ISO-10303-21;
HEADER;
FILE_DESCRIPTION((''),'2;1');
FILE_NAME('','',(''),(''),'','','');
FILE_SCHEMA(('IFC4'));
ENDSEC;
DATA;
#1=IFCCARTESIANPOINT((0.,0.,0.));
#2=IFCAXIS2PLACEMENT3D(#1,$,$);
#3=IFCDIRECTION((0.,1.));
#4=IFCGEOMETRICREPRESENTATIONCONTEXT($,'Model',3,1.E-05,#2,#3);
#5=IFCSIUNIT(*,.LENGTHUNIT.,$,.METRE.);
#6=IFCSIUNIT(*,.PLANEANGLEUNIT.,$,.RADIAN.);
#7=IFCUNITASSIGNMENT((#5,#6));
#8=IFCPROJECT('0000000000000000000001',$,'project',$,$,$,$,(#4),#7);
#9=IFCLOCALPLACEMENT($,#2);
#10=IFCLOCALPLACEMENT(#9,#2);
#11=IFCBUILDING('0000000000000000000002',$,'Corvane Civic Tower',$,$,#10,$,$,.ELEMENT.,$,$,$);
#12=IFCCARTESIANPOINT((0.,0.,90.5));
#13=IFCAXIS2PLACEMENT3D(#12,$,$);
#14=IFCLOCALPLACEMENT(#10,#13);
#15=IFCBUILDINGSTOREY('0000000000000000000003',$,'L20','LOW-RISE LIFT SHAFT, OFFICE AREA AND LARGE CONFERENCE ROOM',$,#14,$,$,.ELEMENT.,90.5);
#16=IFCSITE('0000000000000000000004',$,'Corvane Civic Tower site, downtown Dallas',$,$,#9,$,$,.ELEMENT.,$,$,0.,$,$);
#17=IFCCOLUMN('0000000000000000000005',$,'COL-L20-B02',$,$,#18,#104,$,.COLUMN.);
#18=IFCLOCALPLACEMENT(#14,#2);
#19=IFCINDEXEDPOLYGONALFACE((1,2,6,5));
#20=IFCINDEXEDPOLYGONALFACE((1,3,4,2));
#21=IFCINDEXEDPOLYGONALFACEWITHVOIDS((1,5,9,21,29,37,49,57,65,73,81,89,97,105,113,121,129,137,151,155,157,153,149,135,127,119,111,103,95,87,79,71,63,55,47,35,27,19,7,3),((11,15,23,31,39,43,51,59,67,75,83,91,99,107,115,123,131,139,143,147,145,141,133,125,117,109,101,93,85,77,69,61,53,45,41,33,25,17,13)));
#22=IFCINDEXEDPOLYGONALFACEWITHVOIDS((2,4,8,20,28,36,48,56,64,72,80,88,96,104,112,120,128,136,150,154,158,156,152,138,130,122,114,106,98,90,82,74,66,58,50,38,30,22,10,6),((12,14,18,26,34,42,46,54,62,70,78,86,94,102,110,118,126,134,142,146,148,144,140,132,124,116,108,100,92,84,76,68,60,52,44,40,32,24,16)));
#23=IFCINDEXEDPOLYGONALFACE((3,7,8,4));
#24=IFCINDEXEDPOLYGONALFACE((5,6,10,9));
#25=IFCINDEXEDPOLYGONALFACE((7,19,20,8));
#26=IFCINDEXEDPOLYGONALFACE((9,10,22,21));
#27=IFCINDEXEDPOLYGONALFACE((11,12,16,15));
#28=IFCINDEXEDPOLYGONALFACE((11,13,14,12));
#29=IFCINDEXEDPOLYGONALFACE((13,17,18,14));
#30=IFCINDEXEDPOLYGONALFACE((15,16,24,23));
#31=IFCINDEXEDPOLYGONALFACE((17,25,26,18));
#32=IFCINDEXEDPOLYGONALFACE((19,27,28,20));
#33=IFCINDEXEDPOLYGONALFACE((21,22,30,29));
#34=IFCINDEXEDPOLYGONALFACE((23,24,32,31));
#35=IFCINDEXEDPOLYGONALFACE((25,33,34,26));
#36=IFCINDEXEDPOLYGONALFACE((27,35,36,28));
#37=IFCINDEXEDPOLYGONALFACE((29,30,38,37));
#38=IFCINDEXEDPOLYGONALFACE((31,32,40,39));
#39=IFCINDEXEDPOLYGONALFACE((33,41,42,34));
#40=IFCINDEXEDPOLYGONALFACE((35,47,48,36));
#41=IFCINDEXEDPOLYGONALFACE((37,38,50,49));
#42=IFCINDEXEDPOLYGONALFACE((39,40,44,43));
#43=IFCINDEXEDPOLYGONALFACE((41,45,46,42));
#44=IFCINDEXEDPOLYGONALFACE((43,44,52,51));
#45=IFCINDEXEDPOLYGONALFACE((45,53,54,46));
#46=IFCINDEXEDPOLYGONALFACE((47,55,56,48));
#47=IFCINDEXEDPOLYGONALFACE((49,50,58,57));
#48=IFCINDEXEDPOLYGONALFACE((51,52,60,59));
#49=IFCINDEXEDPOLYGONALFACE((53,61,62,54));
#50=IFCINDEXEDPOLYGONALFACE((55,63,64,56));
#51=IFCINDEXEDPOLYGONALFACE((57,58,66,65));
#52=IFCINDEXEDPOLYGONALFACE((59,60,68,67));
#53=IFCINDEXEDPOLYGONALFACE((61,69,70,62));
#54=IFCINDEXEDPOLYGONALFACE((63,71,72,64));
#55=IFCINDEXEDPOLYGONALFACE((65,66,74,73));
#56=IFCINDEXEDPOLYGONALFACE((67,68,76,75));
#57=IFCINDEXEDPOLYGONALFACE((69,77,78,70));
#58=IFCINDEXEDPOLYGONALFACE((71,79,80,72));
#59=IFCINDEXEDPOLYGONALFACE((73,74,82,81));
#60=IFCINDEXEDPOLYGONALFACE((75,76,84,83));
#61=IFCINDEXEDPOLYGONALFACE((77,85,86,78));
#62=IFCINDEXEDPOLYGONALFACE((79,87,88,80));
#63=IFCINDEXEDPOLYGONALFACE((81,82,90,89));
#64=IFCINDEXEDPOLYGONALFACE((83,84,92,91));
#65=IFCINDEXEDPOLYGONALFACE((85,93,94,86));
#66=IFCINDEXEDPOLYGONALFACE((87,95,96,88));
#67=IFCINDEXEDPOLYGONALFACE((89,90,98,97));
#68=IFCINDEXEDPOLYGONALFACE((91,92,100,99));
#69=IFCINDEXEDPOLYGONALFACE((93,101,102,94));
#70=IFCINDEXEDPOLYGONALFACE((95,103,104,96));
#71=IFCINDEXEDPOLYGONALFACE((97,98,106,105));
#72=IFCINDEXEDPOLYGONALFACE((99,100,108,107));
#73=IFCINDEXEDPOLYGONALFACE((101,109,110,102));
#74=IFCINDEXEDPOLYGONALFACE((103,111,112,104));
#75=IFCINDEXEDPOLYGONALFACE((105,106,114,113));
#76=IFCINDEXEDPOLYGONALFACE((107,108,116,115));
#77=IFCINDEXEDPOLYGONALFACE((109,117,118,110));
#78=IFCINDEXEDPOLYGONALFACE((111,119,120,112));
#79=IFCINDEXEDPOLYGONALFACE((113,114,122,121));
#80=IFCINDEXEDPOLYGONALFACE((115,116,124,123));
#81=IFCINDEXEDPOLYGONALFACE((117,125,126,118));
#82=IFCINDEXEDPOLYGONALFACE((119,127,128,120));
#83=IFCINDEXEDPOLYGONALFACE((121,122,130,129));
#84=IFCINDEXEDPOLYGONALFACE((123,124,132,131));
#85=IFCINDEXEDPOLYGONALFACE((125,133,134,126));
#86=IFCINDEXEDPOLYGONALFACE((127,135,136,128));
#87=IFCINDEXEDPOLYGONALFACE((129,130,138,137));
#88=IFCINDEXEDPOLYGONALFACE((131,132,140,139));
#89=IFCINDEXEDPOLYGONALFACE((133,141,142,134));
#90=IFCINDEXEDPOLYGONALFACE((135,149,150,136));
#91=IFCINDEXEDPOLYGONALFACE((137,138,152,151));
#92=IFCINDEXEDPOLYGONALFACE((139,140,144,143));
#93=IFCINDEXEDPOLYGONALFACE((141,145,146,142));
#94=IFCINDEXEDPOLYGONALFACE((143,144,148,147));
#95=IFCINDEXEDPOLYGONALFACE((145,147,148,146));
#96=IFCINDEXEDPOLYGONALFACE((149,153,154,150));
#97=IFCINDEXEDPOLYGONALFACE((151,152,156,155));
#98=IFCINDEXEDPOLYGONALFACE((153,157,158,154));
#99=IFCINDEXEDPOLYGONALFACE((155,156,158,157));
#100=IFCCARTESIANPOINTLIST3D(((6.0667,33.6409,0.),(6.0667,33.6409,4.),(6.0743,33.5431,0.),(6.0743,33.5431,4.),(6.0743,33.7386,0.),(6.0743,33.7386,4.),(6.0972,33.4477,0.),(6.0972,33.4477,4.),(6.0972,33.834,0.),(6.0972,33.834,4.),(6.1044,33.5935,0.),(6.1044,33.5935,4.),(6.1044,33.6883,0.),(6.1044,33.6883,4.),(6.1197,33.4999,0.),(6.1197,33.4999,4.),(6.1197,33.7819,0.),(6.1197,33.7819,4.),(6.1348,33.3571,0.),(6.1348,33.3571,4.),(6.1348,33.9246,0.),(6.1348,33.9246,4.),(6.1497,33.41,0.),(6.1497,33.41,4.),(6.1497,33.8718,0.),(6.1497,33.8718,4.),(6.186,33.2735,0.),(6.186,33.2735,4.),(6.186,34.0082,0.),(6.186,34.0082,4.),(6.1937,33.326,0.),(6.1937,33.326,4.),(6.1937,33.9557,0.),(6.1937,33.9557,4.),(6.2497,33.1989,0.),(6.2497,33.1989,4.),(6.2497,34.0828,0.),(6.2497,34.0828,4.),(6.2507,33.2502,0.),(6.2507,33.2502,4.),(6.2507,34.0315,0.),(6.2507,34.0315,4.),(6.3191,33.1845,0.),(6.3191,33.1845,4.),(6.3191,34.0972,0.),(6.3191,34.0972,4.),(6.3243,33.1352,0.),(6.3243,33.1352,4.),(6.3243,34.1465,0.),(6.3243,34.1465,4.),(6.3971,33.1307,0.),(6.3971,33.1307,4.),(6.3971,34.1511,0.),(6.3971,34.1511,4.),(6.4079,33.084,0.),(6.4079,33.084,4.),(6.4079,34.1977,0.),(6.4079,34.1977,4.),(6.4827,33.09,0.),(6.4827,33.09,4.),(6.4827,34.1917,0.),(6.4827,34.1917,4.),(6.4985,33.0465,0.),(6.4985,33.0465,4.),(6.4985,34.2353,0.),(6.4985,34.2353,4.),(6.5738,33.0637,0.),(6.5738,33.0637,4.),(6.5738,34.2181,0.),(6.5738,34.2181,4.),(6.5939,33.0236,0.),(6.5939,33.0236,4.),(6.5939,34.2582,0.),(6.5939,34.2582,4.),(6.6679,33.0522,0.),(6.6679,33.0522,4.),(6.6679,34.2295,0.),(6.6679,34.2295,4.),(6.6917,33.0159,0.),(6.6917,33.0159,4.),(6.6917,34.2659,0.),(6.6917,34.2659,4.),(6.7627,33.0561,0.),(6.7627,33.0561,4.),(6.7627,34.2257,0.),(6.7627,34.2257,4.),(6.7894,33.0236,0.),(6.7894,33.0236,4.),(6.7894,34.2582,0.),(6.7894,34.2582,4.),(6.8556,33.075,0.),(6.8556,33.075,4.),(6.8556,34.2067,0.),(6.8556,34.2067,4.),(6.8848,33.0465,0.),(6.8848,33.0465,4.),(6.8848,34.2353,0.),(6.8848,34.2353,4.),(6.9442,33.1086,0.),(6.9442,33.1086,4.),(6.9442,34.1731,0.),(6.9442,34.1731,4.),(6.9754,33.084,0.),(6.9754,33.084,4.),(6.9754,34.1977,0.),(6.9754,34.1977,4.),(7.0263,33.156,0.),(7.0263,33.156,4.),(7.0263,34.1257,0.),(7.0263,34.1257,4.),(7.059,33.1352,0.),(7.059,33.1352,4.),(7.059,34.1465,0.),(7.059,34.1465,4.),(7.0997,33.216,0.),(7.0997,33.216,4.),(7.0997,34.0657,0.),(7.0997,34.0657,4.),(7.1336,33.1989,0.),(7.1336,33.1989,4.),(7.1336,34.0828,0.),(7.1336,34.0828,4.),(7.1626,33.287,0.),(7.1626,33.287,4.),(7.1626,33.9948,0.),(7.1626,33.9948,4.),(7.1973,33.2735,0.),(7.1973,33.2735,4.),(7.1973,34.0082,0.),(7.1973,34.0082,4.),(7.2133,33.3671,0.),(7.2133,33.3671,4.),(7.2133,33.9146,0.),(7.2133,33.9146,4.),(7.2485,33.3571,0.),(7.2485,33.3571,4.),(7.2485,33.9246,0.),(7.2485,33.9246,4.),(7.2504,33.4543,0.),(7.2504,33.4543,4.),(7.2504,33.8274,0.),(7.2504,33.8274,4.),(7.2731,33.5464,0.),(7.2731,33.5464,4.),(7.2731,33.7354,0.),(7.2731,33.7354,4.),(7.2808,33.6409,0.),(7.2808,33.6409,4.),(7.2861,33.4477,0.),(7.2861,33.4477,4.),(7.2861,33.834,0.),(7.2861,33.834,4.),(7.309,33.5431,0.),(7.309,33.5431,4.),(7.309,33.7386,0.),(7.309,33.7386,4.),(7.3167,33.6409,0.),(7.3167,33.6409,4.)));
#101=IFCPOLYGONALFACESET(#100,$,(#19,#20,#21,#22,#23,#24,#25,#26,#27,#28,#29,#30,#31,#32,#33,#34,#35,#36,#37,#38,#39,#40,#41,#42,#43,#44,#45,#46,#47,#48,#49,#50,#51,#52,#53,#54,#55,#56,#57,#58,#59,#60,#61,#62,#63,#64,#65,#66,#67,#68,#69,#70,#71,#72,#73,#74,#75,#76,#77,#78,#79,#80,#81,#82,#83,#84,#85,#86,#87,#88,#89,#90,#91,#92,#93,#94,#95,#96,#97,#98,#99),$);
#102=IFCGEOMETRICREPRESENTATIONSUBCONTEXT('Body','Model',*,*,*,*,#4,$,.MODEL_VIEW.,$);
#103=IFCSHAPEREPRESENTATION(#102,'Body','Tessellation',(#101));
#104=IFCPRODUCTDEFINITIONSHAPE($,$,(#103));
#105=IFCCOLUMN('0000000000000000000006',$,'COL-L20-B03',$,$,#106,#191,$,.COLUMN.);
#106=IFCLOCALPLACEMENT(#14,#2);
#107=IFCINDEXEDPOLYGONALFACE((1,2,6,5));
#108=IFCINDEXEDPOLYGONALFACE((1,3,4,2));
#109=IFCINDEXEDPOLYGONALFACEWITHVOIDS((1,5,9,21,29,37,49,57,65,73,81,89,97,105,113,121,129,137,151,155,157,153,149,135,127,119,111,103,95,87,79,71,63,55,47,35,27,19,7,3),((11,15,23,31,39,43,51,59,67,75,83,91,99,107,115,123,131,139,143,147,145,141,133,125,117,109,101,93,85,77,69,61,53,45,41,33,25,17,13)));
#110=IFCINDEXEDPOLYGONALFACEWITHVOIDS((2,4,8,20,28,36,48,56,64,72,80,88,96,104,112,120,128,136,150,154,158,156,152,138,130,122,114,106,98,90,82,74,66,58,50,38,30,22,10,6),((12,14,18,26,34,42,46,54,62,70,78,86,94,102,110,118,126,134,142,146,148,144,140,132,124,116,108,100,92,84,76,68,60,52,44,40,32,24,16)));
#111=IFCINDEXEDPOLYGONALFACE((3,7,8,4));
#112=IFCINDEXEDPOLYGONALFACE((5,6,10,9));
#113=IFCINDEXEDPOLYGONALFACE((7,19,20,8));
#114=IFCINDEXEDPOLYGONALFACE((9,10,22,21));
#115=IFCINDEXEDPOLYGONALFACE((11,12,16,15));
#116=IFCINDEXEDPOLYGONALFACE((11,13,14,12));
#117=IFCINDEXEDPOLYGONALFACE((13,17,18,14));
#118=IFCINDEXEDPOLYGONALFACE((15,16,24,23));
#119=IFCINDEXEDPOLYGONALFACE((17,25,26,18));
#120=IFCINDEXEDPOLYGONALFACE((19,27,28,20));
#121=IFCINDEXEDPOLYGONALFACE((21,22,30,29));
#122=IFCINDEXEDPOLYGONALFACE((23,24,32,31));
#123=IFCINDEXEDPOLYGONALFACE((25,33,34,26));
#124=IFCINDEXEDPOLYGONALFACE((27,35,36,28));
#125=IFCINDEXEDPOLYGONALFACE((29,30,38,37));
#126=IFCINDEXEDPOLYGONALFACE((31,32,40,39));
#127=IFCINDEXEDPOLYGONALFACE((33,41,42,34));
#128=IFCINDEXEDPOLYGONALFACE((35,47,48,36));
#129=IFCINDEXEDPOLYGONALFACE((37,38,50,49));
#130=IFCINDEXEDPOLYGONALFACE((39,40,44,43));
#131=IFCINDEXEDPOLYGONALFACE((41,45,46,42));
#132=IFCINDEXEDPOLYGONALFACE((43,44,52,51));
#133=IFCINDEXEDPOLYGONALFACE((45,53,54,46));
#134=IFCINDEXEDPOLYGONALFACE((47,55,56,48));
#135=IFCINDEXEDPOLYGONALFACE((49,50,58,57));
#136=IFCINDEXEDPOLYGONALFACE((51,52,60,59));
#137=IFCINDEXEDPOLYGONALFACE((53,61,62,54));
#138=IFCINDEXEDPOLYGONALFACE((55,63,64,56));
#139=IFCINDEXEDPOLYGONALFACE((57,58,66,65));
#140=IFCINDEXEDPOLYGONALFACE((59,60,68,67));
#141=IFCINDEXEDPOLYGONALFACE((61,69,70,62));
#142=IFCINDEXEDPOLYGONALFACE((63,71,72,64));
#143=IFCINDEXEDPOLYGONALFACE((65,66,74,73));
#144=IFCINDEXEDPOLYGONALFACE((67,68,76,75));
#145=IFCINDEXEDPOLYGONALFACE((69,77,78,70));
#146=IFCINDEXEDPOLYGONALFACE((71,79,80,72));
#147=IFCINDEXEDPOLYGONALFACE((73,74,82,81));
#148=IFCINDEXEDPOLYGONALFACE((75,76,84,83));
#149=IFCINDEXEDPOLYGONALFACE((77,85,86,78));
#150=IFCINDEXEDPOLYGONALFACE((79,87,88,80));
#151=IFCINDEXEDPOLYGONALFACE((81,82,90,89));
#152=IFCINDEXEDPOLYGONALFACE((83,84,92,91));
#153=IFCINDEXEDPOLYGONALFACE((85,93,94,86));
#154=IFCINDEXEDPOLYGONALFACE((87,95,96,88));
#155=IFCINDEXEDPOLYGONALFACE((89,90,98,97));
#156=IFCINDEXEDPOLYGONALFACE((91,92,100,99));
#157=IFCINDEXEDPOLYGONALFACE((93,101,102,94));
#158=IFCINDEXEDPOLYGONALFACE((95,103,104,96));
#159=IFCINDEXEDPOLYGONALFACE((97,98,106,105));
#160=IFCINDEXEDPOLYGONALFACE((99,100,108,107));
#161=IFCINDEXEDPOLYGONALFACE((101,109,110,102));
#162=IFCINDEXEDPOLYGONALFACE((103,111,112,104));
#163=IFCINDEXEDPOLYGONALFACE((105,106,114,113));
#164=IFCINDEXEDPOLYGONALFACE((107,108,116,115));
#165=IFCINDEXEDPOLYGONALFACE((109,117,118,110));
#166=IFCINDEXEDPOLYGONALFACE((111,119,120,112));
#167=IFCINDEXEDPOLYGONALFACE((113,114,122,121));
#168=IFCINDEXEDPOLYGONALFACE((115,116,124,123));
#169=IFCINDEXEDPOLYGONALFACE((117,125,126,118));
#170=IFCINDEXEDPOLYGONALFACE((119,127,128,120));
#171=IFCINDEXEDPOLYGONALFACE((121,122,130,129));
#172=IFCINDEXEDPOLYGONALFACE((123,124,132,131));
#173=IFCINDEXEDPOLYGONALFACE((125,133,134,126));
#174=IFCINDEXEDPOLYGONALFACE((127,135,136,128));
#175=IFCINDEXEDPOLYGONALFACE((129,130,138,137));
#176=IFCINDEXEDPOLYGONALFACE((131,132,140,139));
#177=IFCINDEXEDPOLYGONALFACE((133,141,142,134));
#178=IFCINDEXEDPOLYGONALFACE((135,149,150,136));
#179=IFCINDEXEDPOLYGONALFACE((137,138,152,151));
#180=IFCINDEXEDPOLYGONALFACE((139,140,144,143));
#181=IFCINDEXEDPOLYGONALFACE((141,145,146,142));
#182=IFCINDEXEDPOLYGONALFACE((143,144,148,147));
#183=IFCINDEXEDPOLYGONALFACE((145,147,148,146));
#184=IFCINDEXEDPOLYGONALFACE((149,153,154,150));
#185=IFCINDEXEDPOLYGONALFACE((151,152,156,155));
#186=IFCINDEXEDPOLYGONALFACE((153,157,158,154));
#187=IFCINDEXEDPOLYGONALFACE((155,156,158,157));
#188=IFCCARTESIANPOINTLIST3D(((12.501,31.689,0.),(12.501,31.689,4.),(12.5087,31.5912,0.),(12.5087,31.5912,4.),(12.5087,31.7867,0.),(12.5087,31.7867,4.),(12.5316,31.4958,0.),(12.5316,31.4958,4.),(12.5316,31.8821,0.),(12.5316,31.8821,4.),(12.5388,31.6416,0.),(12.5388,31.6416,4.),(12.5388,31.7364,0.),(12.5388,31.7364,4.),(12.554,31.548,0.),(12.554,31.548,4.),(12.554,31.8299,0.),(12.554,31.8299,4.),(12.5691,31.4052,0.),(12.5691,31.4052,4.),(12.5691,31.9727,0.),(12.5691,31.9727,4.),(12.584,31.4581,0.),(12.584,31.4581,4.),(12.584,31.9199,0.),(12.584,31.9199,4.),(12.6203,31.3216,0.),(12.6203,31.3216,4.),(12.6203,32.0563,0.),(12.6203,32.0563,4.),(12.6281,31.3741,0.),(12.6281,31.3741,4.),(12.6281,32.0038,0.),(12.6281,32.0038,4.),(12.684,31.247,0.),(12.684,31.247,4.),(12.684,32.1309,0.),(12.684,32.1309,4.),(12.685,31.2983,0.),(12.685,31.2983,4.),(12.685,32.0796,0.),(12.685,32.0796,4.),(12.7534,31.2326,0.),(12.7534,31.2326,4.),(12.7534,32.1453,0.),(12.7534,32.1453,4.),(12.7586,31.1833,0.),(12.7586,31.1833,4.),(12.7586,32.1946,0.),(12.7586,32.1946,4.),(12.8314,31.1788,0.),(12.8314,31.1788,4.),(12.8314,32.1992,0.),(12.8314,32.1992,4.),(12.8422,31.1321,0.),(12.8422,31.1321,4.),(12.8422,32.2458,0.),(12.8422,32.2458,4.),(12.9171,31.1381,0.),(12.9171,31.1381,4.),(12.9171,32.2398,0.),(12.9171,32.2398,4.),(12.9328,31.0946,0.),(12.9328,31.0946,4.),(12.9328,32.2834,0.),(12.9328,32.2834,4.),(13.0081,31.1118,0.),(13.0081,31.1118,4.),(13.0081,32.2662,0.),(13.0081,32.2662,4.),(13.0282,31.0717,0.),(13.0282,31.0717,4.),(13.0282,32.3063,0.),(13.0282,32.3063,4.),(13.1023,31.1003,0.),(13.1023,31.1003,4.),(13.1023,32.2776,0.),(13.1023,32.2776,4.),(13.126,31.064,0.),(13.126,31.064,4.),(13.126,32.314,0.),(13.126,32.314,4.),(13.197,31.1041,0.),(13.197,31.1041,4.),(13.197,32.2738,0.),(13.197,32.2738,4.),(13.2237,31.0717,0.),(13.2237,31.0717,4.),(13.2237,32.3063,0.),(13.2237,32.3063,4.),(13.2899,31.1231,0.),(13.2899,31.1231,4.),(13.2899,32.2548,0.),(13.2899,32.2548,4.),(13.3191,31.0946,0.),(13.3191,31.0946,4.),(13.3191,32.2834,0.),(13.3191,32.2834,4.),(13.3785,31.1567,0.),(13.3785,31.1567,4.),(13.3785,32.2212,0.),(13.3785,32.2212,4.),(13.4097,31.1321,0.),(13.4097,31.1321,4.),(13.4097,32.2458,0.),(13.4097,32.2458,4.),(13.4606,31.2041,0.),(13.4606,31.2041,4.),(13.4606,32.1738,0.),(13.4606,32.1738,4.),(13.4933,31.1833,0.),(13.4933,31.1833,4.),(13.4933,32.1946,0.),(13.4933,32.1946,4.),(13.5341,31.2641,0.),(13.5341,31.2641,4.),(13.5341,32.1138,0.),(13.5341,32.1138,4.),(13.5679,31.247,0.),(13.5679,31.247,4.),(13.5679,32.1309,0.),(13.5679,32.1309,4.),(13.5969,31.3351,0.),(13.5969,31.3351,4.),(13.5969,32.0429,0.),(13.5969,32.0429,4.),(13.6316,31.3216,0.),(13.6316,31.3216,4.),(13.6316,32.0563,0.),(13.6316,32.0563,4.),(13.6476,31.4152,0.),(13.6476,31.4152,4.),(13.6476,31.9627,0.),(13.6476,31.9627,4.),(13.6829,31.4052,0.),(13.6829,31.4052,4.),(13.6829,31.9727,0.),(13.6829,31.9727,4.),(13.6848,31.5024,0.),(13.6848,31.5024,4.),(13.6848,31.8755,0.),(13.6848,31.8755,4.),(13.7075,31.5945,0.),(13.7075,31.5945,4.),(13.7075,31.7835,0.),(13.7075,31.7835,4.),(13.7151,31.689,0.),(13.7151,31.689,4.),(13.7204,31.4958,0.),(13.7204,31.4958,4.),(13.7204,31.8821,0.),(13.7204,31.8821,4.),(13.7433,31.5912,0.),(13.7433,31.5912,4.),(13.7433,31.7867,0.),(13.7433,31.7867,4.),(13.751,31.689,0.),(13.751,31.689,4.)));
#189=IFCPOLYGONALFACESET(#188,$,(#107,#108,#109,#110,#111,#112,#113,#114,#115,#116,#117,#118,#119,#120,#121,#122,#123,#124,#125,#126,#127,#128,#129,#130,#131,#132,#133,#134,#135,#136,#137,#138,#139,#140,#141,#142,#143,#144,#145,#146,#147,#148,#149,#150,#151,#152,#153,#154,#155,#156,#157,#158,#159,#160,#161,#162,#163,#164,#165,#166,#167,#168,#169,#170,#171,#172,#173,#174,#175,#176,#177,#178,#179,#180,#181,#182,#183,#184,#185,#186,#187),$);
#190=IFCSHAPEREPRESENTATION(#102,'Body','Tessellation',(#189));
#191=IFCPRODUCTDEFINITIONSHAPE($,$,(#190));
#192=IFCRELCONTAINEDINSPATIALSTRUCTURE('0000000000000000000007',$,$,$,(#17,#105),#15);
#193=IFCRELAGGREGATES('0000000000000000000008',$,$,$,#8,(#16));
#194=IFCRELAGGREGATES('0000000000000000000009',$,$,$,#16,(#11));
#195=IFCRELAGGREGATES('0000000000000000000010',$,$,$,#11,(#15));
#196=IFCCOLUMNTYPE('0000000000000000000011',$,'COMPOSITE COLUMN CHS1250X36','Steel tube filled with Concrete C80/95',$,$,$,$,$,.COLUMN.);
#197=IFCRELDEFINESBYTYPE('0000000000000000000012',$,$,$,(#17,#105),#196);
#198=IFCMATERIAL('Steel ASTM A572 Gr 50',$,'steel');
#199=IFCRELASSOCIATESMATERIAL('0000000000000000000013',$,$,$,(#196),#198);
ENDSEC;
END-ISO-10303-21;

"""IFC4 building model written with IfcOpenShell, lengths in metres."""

from ifc_helpers import new_model, si_unit, direction, frame, origin, origin_2d, place, context, subcontext, project, spatial, hollow_circle, extrude, material, material_profile, profile_set, type_object, element, save


model = new_model("IFC4")

# Units and contexts
model_context = context("Model", 3, precision=1e-05, world=origin(), true_north=direction((0.0, 1.0)))
body_context = subcontext(model_context, "Body", "Model", "MODEL_VIEW")
ifc_project = project(units=[si_unit("LENGTHUNIT", "METRE"), si_unit("PLANEANGLEUNIT", "RADIAN")], contexts=[model_context])

# Site, building, storey
site_placement = place(None, origin())
site = spatial("IfcSite", under=ifc_project, at=site_placement, Name="Corvane Civic Tower site, downtown Dallas", CompositionType="ELEMENT", RefElevation=0.0)
building_placement = place(site_placement, origin())
building = spatial("IfcBuilding", under=site, at=building_placement, Name="Corvane Civic Tower", CompositionType="ELEMENT")
storey_placement = place(building_placement, frame((0.0, 0.0, 90.5)))
storey = spatial("IfcBuildingStorey", under=building, at=storey_placement, Name="L20", Description="LOW-RISE LIFT SHAFT, OFFICE AREA AND LARGE CONFERENCE ROOM", CompositionType="ELEMENT", Elevation=90.5)

# Columns
ifc_material_1 = material(Name="Steel ASTM A572 Gr 50", Category="steel")
ifc_material_profile_1 = material_profile(ifc_material_1, hollow_circle(Radius=0.625, WallThickness=0.0359, at=origin_2d()), Name="CHS1250X36")
ifc_profile_set_1 = profile_set([ifc_material_profile_1], Name="Steel ASTM A572 Gr 50")
column_type = type_object("IfcColumnType", Name="COMPOSITE COLUMN CHS1250X36", Description="Steel tube filled with Concrete C80/95", PredefinedType="COLUMN", material=ifc_profile_set_1)
for number, where, z_axis, x_axis, name in (
    (1, (6.6917, 33.6409, 0.0), (0.0, 0.0, 1.0), (1.0, 0.0, 0.0), "COL-L20-B02"),
    (2, (13.126, 31.689, 0.0), (0.0, 0.0, 1.0), (1.0, 0.0, 0.0), "COL-L20-B03"),
):
    element("IfcColumn", number, at=place(storey_placement, frame(where, z_axis=z_axis, x_axis=x_axis)), inside=storey, type_object=column_type, Name=name, PredefinedType="COLUMN", context=body_context, shape_type="SweptSolid", body=[
        extrude(hollow_circle(Radius=0.625, WallThickness=0.0359, at=origin_2d()), origin(), (0.0, 0.0, 1.0), 4.0),
    ])

save(model, "model.ifc")
